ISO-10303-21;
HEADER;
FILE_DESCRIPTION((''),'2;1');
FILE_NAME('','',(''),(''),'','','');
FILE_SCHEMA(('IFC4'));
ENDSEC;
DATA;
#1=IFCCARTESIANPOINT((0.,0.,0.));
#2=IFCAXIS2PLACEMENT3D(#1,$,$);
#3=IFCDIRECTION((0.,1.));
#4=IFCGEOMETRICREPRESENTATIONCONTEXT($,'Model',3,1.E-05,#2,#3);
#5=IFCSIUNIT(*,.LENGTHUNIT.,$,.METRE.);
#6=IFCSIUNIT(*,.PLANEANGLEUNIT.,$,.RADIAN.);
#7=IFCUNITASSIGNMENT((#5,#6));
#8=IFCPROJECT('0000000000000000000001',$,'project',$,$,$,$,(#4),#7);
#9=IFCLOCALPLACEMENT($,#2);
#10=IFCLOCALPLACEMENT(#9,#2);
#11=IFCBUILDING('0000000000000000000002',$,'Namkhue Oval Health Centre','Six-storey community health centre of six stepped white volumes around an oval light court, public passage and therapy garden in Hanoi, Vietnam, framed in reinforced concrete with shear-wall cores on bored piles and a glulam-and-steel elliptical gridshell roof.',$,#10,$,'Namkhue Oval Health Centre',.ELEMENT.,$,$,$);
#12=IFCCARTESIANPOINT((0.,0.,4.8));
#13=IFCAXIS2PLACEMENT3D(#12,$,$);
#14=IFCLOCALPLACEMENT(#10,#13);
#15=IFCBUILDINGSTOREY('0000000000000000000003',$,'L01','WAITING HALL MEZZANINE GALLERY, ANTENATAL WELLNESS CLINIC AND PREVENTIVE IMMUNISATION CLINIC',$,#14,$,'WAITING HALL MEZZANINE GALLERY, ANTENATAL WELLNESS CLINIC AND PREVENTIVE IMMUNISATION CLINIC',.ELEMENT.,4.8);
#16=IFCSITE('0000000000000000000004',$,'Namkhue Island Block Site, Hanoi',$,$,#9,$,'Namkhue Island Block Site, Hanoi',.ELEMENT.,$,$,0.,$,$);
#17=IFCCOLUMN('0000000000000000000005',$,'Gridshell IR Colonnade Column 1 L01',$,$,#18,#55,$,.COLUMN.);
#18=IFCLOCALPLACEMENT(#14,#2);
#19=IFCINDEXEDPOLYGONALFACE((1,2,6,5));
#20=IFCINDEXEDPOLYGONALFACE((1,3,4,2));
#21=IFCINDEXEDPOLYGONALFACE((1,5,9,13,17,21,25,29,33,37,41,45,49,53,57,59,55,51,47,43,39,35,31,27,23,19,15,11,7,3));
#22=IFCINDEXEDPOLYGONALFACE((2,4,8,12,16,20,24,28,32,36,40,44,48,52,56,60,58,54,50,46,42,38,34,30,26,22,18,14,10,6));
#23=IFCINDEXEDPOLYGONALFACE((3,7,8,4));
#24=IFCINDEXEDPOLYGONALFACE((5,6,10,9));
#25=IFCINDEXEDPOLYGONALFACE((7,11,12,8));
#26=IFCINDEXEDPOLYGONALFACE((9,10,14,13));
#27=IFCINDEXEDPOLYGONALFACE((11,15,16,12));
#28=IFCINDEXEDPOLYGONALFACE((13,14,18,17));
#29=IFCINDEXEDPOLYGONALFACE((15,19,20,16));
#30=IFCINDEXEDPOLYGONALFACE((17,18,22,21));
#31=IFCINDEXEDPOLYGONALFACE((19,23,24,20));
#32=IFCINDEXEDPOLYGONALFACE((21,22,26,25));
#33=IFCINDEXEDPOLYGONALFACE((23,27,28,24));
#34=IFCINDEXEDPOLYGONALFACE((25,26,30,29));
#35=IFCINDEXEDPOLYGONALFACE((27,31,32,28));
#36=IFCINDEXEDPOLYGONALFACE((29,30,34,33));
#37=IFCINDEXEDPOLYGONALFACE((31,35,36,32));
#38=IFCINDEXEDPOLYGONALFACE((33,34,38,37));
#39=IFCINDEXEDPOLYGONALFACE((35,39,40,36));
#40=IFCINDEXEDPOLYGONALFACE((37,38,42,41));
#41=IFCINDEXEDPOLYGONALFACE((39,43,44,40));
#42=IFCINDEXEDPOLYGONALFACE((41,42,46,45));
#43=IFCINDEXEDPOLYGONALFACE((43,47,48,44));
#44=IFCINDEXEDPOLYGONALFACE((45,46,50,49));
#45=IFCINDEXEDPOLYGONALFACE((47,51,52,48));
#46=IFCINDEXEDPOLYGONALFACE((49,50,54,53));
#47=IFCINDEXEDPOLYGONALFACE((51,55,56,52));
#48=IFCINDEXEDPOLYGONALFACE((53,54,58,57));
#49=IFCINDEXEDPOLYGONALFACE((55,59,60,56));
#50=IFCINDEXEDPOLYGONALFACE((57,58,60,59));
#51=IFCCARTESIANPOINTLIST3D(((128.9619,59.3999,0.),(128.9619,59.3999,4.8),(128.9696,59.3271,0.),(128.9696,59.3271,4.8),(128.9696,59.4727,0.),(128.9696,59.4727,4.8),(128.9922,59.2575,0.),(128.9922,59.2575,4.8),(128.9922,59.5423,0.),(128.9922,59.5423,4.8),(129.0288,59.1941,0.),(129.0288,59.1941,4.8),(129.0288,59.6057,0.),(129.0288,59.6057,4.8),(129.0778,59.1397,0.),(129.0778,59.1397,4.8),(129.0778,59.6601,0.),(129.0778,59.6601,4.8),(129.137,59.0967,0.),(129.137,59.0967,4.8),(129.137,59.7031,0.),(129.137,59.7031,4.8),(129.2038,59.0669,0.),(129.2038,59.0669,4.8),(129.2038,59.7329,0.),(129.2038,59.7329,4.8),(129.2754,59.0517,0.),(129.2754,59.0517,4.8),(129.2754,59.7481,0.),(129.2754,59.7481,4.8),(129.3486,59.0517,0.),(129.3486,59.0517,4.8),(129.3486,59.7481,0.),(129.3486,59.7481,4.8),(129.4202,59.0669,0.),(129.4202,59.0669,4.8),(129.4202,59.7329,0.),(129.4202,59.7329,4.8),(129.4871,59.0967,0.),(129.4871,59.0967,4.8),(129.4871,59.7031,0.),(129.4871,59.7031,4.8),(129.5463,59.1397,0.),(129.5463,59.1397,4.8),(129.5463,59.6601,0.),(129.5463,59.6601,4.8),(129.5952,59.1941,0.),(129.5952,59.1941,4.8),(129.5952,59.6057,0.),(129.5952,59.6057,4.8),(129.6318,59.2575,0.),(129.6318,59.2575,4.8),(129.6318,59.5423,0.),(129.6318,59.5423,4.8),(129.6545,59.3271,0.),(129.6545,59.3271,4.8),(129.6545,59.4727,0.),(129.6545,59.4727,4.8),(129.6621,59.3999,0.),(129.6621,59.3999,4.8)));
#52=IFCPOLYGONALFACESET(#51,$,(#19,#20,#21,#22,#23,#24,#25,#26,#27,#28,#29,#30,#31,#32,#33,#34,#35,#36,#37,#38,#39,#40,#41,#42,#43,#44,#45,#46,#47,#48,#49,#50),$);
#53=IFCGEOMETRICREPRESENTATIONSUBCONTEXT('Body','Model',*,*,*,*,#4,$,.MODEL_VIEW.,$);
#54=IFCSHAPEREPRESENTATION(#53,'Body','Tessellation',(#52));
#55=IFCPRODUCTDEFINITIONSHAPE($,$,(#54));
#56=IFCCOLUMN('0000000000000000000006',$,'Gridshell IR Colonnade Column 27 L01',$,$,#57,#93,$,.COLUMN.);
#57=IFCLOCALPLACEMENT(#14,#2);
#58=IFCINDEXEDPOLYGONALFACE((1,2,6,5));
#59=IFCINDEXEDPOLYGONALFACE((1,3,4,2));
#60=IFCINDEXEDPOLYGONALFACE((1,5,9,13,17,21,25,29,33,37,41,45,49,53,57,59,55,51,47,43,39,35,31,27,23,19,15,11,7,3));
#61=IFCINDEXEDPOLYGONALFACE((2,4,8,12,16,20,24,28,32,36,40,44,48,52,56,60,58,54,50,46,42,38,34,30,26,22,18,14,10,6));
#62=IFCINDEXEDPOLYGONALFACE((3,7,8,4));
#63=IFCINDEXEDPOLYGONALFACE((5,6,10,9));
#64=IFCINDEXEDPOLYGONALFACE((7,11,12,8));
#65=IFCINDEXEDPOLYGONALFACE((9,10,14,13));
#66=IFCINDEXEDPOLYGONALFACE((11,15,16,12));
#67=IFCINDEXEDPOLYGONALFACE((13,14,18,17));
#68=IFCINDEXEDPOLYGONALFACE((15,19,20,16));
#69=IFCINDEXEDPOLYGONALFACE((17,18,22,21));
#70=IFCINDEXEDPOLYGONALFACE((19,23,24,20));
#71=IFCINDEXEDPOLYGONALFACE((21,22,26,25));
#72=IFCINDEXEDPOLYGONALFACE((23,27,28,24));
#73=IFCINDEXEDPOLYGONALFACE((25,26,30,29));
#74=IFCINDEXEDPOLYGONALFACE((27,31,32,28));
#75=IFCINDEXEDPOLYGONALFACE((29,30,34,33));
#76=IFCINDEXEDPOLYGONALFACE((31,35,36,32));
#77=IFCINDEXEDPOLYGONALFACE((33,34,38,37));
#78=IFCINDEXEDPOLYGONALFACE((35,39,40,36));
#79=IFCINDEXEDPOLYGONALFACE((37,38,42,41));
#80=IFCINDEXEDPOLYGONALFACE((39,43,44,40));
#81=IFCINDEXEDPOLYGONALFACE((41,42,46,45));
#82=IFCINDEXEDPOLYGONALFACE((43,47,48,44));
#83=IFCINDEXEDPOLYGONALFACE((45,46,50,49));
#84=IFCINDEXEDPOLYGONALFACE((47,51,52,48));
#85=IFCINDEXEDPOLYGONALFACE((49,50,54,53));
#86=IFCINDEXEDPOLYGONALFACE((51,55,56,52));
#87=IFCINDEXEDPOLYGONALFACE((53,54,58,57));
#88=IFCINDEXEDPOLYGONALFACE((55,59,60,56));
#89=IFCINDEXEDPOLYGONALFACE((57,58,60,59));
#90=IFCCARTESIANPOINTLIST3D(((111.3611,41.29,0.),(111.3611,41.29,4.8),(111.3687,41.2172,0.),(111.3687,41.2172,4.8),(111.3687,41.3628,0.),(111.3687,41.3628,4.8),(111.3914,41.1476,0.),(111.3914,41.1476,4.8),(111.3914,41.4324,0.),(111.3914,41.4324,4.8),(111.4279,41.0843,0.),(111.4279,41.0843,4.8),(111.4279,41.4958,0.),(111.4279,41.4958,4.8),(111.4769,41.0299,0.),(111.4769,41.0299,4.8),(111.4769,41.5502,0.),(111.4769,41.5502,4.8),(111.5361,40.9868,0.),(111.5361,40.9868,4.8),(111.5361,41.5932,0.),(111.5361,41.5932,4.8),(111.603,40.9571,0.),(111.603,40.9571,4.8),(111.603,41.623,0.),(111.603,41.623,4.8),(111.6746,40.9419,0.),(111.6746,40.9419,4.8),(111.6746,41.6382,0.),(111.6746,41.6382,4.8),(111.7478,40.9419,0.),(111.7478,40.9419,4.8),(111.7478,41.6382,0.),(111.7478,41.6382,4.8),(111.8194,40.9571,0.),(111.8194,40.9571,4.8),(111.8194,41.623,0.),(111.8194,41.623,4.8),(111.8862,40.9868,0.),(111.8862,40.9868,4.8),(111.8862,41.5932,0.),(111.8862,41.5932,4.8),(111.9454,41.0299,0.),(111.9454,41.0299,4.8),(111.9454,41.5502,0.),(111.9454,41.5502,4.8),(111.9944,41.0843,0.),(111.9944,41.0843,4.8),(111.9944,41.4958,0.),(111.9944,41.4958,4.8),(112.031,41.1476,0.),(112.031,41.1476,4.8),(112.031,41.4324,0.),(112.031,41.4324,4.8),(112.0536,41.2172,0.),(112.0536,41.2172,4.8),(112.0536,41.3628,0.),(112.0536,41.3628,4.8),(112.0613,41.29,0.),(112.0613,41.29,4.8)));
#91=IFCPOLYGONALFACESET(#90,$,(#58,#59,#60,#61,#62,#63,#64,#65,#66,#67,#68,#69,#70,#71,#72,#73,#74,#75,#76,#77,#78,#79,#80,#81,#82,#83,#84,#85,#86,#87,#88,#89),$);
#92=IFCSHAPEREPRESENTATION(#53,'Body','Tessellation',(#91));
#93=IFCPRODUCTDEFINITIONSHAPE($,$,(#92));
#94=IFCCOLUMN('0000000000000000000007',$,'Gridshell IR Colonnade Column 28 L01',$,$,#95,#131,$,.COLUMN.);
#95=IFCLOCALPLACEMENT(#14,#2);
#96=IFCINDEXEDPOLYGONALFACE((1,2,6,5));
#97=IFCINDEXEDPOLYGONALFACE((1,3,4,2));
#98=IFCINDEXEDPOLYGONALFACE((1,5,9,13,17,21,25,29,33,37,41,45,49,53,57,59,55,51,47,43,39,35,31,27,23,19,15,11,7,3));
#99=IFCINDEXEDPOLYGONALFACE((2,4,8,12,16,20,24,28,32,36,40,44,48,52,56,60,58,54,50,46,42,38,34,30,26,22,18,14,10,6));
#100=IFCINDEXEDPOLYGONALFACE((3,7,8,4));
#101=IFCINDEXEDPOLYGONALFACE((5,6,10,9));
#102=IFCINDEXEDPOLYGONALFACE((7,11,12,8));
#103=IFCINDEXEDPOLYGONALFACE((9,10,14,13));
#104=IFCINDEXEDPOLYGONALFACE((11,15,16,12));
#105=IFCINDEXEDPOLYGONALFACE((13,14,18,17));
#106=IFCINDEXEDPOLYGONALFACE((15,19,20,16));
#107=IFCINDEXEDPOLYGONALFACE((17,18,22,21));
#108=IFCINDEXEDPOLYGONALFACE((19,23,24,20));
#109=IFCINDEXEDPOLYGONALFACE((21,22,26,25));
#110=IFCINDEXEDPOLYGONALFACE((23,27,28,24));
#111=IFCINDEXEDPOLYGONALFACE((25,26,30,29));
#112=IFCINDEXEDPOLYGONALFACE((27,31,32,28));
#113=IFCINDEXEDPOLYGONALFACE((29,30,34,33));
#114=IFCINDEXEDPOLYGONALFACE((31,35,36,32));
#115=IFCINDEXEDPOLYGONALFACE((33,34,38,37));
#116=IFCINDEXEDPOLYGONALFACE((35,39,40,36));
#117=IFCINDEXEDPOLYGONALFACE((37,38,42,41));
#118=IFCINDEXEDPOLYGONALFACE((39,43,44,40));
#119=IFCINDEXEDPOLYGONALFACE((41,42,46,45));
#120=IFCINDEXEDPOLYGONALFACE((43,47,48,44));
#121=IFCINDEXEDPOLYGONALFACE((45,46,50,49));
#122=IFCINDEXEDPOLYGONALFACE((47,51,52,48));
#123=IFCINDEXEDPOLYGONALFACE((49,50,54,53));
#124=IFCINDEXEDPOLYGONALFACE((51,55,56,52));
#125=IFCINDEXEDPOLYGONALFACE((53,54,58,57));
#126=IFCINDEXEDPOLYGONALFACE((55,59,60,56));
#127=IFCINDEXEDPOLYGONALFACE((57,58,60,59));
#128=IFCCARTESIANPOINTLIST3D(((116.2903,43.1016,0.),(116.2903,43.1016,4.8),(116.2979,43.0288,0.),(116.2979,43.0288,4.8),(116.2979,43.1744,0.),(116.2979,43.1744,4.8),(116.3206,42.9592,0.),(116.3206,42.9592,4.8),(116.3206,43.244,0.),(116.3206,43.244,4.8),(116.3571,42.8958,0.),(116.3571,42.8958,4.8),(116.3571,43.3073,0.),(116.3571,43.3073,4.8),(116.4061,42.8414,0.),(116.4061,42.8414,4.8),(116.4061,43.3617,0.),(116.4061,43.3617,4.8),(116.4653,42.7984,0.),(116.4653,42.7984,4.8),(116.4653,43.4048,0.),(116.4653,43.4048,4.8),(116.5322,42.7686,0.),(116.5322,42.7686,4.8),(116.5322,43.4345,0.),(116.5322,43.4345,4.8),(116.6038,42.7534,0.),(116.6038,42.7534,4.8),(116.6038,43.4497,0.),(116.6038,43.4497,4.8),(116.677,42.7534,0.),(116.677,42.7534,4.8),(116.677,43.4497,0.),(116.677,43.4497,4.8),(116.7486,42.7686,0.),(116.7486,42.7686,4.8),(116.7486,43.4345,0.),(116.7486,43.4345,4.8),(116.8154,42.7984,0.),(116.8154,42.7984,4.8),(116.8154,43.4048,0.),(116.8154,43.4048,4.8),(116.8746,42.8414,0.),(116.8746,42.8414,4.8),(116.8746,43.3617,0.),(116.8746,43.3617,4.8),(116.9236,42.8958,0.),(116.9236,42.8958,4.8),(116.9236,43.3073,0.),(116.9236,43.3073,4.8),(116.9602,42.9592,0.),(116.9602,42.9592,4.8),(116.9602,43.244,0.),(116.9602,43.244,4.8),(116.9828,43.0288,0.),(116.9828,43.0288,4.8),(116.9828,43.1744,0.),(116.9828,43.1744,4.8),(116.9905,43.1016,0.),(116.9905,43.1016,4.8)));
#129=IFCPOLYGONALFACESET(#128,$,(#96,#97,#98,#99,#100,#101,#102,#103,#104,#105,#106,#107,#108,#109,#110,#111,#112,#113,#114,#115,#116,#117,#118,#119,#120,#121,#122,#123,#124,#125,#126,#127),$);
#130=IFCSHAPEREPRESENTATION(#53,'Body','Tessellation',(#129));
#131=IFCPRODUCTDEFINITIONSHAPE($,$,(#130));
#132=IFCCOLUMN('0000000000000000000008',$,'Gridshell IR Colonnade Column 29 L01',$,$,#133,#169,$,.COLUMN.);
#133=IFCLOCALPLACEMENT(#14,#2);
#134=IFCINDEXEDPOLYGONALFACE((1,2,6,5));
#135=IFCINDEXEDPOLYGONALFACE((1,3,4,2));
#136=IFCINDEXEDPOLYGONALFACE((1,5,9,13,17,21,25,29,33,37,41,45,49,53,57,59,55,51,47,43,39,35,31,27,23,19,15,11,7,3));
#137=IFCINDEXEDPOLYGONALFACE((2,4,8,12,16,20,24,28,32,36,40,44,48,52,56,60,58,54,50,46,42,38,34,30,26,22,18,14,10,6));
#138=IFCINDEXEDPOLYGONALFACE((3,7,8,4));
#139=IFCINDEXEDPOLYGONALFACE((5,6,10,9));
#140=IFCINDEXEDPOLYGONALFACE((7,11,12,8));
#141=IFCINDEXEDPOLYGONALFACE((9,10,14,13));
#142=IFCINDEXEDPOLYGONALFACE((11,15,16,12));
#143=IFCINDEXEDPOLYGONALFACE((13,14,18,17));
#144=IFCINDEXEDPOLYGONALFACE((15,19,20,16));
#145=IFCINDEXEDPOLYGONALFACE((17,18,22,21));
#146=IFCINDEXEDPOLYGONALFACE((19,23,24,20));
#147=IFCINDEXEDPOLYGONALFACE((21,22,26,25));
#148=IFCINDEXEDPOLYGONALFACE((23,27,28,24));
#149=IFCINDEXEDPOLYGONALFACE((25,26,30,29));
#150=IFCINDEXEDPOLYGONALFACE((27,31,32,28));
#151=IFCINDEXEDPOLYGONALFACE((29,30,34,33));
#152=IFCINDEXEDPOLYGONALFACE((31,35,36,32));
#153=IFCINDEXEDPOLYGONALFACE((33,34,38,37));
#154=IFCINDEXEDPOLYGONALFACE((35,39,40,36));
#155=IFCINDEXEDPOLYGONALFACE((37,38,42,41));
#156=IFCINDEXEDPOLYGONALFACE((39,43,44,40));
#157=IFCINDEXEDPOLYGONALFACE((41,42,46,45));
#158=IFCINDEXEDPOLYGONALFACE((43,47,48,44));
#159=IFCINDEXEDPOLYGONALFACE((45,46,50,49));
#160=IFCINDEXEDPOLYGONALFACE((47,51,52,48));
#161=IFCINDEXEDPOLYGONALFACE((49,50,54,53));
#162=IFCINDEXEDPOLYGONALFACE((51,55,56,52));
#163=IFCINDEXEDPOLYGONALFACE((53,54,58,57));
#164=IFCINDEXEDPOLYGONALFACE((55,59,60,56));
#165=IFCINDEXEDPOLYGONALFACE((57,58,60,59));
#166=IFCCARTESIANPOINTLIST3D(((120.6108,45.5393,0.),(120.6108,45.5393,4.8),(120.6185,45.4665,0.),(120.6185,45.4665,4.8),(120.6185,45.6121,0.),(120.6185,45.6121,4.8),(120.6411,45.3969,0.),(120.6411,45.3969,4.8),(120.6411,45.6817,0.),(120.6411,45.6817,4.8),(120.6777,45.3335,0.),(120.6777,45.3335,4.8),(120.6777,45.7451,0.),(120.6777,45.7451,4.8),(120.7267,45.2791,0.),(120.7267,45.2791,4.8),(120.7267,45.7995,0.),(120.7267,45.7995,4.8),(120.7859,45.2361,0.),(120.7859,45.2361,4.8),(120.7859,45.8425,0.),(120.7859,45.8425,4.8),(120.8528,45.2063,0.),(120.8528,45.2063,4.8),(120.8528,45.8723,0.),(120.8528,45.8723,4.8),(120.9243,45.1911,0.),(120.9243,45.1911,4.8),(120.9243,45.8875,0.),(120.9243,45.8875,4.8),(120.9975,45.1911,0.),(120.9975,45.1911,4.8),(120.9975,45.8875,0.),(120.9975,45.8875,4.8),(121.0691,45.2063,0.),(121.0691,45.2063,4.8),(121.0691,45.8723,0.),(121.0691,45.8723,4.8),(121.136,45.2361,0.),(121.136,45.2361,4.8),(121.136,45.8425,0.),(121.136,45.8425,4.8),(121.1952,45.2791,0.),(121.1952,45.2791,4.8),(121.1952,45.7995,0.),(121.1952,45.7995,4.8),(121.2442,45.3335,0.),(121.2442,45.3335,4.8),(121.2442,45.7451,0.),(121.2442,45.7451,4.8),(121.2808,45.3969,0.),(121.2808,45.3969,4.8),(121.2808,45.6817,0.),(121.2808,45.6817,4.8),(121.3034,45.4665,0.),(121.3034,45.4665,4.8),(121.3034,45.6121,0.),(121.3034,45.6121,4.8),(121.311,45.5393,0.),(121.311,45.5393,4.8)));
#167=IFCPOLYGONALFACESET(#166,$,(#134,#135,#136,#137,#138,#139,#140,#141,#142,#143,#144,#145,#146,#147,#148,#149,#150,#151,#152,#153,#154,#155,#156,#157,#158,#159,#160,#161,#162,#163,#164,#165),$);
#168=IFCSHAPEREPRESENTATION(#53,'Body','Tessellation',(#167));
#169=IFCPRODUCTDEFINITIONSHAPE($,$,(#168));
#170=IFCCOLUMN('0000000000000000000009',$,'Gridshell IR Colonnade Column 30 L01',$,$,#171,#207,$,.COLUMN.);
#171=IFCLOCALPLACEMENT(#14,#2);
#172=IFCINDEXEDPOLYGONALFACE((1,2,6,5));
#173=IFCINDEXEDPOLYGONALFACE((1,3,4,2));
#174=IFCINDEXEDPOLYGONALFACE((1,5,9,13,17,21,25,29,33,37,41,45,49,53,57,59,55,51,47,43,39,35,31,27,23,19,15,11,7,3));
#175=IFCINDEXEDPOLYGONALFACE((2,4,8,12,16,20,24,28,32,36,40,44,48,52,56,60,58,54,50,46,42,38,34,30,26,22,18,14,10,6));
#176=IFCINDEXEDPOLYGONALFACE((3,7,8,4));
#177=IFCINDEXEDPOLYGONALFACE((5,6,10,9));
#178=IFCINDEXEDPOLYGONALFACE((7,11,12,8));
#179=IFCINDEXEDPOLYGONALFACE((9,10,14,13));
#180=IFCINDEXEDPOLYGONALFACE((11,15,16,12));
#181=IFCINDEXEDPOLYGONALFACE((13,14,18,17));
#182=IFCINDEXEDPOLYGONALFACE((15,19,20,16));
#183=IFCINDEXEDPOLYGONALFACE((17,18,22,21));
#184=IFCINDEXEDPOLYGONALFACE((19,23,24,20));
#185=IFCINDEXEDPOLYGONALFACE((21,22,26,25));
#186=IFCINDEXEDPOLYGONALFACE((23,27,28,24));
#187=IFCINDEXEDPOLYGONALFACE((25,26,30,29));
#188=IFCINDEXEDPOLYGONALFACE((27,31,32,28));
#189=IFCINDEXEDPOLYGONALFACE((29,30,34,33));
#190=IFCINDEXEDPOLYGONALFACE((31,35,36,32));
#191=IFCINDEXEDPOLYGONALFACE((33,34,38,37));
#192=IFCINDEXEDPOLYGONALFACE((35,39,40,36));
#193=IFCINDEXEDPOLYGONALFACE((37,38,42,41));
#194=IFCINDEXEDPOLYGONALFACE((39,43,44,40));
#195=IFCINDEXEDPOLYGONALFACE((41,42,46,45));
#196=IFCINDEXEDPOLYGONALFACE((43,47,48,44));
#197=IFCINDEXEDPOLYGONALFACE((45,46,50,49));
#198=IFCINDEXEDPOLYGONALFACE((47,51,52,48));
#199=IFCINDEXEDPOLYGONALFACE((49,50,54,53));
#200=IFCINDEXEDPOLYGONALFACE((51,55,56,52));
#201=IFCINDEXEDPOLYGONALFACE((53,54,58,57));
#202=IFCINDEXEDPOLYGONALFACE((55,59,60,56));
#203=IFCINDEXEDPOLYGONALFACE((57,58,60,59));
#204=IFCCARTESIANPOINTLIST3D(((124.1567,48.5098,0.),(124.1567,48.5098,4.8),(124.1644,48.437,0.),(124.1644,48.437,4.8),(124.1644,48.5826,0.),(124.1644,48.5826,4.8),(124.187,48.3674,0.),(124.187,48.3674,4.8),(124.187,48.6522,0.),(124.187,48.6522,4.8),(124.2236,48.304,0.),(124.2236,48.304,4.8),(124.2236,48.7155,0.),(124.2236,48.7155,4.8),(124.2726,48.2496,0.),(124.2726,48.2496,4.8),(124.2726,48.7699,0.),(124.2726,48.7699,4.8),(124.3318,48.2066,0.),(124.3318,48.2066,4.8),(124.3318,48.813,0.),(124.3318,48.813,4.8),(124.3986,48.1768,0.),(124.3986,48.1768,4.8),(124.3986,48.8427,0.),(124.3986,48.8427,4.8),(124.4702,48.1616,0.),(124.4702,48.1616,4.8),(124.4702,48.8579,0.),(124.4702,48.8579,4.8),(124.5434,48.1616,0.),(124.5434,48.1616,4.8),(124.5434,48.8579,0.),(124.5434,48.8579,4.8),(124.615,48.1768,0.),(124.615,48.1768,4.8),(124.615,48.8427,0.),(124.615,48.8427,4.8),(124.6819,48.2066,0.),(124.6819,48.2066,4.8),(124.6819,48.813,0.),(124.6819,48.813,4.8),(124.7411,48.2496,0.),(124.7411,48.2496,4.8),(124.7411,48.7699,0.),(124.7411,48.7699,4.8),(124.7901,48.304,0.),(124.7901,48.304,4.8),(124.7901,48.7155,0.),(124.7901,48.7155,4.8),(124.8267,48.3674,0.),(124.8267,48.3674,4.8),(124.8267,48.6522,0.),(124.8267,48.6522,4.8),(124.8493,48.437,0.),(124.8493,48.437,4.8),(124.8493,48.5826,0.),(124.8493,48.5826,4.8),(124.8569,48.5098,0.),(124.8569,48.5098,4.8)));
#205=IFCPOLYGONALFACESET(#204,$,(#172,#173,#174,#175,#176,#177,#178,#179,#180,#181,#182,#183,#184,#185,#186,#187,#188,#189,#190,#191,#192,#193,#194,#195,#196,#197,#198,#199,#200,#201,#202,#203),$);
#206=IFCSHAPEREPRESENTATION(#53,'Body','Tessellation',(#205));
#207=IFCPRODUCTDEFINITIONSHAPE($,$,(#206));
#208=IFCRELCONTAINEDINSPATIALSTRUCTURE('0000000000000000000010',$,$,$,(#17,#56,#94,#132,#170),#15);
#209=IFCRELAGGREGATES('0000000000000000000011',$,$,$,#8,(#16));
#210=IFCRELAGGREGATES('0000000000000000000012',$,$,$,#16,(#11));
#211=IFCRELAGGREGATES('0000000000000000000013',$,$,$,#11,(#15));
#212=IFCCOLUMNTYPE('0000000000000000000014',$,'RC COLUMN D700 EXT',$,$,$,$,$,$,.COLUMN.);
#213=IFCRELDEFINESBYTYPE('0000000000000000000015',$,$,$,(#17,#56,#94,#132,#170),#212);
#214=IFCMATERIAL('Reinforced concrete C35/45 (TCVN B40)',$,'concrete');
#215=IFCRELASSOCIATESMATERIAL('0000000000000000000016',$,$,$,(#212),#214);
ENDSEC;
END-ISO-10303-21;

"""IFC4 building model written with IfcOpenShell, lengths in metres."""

from ifc_helpers import new_model, si_unit, direction, frame, origin, origin_2d, place, context, subcontext, project, spatial, circle, extrude, material, material_profile, profile_set, type_object, element, save


model = new_model("IFC4")

# Units and contexts
model_context = context("Model", 3, precision=1e-05, world=origin(), true_north=direction((0.0, 1.0)))
body_context = subcontext(model_context, "Body", "Model", "MODEL_VIEW")
ifc_project = project(units=[si_unit("LENGTHUNIT", "METRE"), si_unit("PLANEANGLEUNIT", "RADIAN")], contexts=[model_context])

# Site, building, storey
site_placement = place(None, origin())
site = spatial("IfcSite", under=ifc_project, at=site_placement, Name="Namkhue Island Block Site, Hanoi", LongName="Namkhue Island Block Site, Hanoi", CompositionType="ELEMENT", RefElevation=0.0)
building_placement = place(site_placement, origin())
building = spatial("IfcBuilding", under=site, at=building_placement, Name="Namkhue Oval Health Centre", Description="Six-storey community health centre of six stepped white volumes around an oval light court, public passage and therapy garden in Hanoi, Vietnam, framed in reinforced concrete with shear-wall cores on bored piles and a glulam-and-steel elliptical gridshell roof.", LongName="Namkhue Oval Health Centre", CompositionType="ELEMENT")
storey_placement = place(building_placement, frame((0.0, 0.0, 4.8)))
storey = spatial("IfcBuildingStorey", under=building, at=storey_placement, Name="L01", Description="WAITING HALL MEZZANINE GALLERY, ANTENATAL WELLNESS CLINIC AND PREVENTIVE IMMUNISATION CLINIC", LongName="WAITING HALL MEZZANINE GALLERY, ANTENATAL WELLNESS CLINIC AND PREVENTIVE IMMUNISATION CLINIC", CompositionType="ELEMENT", Elevation=4.8)

# Columns
ifc_material_1 = material(Name="Reinforced concrete C35/45 (TCVN B40)", Category="concrete")
ifc_material_profile_1 = material_profile(ifc_material_1, circle(Radius=0.3501, at=origin_2d()), Name="RC D700")
ifc_profile_set_1 = profile_set([ifc_material_profile_1], Name="Reinforced concrete C35/45 (TCVN B40)")
column_type = type_object("IfcColumnType", Name="RC COLUMN D700 EXT", PredefinedType="COLUMN", material=ifc_profile_set_1)
for number, where, z_axis, x_axis, name in (
    (1, (129.312, 59.3999, 0.0), (0.0, 0.0, 1.0), (1.0, 0.0, 0.0), "Gridshell IR Colonnade Column 1 L01"),
    (2, (111.7112, 41.29, 0.0), (0.0, 0.0, 1.0), (1.0, 0.0, 0.0), "Gridshell IR Colonnade Column 27 L01"),
    (3, (116.6404, 43.1016, 0.0), (0.0, 0.0, 1.0), (1.0, 0.0, 0.0), "Gridshell IR Colonnade Column 28 L01"),
    (4, (120.9609, 45.5393, 0.0), (0.0, 0.0, 1.0), (1.0, 0.0, 0.0), "Gridshell IR Colonnade Column 29 L01"),
    (5, (124.5068, 48.5098, 0.0), (0.0, 0.0, 1.0), (1.0, 0.0, 0.0), "Gridshell IR Colonnade Column 30 L01"),
):
    element("IfcColumn", number, at=place(storey_placement, frame(where, z_axis=z_axis, x_axis=x_axis)), inside=storey, type_object=column_type, Name=name, PredefinedType="COLUMN", context=body_context, shape_type="SweptSolid", body=[
        extrude(circle(Radius=0.3501, at=origin_2d()), origin(), (0.0, 0.0, 1.0), 4.8),
    ])

save(model, "model.ifc")
